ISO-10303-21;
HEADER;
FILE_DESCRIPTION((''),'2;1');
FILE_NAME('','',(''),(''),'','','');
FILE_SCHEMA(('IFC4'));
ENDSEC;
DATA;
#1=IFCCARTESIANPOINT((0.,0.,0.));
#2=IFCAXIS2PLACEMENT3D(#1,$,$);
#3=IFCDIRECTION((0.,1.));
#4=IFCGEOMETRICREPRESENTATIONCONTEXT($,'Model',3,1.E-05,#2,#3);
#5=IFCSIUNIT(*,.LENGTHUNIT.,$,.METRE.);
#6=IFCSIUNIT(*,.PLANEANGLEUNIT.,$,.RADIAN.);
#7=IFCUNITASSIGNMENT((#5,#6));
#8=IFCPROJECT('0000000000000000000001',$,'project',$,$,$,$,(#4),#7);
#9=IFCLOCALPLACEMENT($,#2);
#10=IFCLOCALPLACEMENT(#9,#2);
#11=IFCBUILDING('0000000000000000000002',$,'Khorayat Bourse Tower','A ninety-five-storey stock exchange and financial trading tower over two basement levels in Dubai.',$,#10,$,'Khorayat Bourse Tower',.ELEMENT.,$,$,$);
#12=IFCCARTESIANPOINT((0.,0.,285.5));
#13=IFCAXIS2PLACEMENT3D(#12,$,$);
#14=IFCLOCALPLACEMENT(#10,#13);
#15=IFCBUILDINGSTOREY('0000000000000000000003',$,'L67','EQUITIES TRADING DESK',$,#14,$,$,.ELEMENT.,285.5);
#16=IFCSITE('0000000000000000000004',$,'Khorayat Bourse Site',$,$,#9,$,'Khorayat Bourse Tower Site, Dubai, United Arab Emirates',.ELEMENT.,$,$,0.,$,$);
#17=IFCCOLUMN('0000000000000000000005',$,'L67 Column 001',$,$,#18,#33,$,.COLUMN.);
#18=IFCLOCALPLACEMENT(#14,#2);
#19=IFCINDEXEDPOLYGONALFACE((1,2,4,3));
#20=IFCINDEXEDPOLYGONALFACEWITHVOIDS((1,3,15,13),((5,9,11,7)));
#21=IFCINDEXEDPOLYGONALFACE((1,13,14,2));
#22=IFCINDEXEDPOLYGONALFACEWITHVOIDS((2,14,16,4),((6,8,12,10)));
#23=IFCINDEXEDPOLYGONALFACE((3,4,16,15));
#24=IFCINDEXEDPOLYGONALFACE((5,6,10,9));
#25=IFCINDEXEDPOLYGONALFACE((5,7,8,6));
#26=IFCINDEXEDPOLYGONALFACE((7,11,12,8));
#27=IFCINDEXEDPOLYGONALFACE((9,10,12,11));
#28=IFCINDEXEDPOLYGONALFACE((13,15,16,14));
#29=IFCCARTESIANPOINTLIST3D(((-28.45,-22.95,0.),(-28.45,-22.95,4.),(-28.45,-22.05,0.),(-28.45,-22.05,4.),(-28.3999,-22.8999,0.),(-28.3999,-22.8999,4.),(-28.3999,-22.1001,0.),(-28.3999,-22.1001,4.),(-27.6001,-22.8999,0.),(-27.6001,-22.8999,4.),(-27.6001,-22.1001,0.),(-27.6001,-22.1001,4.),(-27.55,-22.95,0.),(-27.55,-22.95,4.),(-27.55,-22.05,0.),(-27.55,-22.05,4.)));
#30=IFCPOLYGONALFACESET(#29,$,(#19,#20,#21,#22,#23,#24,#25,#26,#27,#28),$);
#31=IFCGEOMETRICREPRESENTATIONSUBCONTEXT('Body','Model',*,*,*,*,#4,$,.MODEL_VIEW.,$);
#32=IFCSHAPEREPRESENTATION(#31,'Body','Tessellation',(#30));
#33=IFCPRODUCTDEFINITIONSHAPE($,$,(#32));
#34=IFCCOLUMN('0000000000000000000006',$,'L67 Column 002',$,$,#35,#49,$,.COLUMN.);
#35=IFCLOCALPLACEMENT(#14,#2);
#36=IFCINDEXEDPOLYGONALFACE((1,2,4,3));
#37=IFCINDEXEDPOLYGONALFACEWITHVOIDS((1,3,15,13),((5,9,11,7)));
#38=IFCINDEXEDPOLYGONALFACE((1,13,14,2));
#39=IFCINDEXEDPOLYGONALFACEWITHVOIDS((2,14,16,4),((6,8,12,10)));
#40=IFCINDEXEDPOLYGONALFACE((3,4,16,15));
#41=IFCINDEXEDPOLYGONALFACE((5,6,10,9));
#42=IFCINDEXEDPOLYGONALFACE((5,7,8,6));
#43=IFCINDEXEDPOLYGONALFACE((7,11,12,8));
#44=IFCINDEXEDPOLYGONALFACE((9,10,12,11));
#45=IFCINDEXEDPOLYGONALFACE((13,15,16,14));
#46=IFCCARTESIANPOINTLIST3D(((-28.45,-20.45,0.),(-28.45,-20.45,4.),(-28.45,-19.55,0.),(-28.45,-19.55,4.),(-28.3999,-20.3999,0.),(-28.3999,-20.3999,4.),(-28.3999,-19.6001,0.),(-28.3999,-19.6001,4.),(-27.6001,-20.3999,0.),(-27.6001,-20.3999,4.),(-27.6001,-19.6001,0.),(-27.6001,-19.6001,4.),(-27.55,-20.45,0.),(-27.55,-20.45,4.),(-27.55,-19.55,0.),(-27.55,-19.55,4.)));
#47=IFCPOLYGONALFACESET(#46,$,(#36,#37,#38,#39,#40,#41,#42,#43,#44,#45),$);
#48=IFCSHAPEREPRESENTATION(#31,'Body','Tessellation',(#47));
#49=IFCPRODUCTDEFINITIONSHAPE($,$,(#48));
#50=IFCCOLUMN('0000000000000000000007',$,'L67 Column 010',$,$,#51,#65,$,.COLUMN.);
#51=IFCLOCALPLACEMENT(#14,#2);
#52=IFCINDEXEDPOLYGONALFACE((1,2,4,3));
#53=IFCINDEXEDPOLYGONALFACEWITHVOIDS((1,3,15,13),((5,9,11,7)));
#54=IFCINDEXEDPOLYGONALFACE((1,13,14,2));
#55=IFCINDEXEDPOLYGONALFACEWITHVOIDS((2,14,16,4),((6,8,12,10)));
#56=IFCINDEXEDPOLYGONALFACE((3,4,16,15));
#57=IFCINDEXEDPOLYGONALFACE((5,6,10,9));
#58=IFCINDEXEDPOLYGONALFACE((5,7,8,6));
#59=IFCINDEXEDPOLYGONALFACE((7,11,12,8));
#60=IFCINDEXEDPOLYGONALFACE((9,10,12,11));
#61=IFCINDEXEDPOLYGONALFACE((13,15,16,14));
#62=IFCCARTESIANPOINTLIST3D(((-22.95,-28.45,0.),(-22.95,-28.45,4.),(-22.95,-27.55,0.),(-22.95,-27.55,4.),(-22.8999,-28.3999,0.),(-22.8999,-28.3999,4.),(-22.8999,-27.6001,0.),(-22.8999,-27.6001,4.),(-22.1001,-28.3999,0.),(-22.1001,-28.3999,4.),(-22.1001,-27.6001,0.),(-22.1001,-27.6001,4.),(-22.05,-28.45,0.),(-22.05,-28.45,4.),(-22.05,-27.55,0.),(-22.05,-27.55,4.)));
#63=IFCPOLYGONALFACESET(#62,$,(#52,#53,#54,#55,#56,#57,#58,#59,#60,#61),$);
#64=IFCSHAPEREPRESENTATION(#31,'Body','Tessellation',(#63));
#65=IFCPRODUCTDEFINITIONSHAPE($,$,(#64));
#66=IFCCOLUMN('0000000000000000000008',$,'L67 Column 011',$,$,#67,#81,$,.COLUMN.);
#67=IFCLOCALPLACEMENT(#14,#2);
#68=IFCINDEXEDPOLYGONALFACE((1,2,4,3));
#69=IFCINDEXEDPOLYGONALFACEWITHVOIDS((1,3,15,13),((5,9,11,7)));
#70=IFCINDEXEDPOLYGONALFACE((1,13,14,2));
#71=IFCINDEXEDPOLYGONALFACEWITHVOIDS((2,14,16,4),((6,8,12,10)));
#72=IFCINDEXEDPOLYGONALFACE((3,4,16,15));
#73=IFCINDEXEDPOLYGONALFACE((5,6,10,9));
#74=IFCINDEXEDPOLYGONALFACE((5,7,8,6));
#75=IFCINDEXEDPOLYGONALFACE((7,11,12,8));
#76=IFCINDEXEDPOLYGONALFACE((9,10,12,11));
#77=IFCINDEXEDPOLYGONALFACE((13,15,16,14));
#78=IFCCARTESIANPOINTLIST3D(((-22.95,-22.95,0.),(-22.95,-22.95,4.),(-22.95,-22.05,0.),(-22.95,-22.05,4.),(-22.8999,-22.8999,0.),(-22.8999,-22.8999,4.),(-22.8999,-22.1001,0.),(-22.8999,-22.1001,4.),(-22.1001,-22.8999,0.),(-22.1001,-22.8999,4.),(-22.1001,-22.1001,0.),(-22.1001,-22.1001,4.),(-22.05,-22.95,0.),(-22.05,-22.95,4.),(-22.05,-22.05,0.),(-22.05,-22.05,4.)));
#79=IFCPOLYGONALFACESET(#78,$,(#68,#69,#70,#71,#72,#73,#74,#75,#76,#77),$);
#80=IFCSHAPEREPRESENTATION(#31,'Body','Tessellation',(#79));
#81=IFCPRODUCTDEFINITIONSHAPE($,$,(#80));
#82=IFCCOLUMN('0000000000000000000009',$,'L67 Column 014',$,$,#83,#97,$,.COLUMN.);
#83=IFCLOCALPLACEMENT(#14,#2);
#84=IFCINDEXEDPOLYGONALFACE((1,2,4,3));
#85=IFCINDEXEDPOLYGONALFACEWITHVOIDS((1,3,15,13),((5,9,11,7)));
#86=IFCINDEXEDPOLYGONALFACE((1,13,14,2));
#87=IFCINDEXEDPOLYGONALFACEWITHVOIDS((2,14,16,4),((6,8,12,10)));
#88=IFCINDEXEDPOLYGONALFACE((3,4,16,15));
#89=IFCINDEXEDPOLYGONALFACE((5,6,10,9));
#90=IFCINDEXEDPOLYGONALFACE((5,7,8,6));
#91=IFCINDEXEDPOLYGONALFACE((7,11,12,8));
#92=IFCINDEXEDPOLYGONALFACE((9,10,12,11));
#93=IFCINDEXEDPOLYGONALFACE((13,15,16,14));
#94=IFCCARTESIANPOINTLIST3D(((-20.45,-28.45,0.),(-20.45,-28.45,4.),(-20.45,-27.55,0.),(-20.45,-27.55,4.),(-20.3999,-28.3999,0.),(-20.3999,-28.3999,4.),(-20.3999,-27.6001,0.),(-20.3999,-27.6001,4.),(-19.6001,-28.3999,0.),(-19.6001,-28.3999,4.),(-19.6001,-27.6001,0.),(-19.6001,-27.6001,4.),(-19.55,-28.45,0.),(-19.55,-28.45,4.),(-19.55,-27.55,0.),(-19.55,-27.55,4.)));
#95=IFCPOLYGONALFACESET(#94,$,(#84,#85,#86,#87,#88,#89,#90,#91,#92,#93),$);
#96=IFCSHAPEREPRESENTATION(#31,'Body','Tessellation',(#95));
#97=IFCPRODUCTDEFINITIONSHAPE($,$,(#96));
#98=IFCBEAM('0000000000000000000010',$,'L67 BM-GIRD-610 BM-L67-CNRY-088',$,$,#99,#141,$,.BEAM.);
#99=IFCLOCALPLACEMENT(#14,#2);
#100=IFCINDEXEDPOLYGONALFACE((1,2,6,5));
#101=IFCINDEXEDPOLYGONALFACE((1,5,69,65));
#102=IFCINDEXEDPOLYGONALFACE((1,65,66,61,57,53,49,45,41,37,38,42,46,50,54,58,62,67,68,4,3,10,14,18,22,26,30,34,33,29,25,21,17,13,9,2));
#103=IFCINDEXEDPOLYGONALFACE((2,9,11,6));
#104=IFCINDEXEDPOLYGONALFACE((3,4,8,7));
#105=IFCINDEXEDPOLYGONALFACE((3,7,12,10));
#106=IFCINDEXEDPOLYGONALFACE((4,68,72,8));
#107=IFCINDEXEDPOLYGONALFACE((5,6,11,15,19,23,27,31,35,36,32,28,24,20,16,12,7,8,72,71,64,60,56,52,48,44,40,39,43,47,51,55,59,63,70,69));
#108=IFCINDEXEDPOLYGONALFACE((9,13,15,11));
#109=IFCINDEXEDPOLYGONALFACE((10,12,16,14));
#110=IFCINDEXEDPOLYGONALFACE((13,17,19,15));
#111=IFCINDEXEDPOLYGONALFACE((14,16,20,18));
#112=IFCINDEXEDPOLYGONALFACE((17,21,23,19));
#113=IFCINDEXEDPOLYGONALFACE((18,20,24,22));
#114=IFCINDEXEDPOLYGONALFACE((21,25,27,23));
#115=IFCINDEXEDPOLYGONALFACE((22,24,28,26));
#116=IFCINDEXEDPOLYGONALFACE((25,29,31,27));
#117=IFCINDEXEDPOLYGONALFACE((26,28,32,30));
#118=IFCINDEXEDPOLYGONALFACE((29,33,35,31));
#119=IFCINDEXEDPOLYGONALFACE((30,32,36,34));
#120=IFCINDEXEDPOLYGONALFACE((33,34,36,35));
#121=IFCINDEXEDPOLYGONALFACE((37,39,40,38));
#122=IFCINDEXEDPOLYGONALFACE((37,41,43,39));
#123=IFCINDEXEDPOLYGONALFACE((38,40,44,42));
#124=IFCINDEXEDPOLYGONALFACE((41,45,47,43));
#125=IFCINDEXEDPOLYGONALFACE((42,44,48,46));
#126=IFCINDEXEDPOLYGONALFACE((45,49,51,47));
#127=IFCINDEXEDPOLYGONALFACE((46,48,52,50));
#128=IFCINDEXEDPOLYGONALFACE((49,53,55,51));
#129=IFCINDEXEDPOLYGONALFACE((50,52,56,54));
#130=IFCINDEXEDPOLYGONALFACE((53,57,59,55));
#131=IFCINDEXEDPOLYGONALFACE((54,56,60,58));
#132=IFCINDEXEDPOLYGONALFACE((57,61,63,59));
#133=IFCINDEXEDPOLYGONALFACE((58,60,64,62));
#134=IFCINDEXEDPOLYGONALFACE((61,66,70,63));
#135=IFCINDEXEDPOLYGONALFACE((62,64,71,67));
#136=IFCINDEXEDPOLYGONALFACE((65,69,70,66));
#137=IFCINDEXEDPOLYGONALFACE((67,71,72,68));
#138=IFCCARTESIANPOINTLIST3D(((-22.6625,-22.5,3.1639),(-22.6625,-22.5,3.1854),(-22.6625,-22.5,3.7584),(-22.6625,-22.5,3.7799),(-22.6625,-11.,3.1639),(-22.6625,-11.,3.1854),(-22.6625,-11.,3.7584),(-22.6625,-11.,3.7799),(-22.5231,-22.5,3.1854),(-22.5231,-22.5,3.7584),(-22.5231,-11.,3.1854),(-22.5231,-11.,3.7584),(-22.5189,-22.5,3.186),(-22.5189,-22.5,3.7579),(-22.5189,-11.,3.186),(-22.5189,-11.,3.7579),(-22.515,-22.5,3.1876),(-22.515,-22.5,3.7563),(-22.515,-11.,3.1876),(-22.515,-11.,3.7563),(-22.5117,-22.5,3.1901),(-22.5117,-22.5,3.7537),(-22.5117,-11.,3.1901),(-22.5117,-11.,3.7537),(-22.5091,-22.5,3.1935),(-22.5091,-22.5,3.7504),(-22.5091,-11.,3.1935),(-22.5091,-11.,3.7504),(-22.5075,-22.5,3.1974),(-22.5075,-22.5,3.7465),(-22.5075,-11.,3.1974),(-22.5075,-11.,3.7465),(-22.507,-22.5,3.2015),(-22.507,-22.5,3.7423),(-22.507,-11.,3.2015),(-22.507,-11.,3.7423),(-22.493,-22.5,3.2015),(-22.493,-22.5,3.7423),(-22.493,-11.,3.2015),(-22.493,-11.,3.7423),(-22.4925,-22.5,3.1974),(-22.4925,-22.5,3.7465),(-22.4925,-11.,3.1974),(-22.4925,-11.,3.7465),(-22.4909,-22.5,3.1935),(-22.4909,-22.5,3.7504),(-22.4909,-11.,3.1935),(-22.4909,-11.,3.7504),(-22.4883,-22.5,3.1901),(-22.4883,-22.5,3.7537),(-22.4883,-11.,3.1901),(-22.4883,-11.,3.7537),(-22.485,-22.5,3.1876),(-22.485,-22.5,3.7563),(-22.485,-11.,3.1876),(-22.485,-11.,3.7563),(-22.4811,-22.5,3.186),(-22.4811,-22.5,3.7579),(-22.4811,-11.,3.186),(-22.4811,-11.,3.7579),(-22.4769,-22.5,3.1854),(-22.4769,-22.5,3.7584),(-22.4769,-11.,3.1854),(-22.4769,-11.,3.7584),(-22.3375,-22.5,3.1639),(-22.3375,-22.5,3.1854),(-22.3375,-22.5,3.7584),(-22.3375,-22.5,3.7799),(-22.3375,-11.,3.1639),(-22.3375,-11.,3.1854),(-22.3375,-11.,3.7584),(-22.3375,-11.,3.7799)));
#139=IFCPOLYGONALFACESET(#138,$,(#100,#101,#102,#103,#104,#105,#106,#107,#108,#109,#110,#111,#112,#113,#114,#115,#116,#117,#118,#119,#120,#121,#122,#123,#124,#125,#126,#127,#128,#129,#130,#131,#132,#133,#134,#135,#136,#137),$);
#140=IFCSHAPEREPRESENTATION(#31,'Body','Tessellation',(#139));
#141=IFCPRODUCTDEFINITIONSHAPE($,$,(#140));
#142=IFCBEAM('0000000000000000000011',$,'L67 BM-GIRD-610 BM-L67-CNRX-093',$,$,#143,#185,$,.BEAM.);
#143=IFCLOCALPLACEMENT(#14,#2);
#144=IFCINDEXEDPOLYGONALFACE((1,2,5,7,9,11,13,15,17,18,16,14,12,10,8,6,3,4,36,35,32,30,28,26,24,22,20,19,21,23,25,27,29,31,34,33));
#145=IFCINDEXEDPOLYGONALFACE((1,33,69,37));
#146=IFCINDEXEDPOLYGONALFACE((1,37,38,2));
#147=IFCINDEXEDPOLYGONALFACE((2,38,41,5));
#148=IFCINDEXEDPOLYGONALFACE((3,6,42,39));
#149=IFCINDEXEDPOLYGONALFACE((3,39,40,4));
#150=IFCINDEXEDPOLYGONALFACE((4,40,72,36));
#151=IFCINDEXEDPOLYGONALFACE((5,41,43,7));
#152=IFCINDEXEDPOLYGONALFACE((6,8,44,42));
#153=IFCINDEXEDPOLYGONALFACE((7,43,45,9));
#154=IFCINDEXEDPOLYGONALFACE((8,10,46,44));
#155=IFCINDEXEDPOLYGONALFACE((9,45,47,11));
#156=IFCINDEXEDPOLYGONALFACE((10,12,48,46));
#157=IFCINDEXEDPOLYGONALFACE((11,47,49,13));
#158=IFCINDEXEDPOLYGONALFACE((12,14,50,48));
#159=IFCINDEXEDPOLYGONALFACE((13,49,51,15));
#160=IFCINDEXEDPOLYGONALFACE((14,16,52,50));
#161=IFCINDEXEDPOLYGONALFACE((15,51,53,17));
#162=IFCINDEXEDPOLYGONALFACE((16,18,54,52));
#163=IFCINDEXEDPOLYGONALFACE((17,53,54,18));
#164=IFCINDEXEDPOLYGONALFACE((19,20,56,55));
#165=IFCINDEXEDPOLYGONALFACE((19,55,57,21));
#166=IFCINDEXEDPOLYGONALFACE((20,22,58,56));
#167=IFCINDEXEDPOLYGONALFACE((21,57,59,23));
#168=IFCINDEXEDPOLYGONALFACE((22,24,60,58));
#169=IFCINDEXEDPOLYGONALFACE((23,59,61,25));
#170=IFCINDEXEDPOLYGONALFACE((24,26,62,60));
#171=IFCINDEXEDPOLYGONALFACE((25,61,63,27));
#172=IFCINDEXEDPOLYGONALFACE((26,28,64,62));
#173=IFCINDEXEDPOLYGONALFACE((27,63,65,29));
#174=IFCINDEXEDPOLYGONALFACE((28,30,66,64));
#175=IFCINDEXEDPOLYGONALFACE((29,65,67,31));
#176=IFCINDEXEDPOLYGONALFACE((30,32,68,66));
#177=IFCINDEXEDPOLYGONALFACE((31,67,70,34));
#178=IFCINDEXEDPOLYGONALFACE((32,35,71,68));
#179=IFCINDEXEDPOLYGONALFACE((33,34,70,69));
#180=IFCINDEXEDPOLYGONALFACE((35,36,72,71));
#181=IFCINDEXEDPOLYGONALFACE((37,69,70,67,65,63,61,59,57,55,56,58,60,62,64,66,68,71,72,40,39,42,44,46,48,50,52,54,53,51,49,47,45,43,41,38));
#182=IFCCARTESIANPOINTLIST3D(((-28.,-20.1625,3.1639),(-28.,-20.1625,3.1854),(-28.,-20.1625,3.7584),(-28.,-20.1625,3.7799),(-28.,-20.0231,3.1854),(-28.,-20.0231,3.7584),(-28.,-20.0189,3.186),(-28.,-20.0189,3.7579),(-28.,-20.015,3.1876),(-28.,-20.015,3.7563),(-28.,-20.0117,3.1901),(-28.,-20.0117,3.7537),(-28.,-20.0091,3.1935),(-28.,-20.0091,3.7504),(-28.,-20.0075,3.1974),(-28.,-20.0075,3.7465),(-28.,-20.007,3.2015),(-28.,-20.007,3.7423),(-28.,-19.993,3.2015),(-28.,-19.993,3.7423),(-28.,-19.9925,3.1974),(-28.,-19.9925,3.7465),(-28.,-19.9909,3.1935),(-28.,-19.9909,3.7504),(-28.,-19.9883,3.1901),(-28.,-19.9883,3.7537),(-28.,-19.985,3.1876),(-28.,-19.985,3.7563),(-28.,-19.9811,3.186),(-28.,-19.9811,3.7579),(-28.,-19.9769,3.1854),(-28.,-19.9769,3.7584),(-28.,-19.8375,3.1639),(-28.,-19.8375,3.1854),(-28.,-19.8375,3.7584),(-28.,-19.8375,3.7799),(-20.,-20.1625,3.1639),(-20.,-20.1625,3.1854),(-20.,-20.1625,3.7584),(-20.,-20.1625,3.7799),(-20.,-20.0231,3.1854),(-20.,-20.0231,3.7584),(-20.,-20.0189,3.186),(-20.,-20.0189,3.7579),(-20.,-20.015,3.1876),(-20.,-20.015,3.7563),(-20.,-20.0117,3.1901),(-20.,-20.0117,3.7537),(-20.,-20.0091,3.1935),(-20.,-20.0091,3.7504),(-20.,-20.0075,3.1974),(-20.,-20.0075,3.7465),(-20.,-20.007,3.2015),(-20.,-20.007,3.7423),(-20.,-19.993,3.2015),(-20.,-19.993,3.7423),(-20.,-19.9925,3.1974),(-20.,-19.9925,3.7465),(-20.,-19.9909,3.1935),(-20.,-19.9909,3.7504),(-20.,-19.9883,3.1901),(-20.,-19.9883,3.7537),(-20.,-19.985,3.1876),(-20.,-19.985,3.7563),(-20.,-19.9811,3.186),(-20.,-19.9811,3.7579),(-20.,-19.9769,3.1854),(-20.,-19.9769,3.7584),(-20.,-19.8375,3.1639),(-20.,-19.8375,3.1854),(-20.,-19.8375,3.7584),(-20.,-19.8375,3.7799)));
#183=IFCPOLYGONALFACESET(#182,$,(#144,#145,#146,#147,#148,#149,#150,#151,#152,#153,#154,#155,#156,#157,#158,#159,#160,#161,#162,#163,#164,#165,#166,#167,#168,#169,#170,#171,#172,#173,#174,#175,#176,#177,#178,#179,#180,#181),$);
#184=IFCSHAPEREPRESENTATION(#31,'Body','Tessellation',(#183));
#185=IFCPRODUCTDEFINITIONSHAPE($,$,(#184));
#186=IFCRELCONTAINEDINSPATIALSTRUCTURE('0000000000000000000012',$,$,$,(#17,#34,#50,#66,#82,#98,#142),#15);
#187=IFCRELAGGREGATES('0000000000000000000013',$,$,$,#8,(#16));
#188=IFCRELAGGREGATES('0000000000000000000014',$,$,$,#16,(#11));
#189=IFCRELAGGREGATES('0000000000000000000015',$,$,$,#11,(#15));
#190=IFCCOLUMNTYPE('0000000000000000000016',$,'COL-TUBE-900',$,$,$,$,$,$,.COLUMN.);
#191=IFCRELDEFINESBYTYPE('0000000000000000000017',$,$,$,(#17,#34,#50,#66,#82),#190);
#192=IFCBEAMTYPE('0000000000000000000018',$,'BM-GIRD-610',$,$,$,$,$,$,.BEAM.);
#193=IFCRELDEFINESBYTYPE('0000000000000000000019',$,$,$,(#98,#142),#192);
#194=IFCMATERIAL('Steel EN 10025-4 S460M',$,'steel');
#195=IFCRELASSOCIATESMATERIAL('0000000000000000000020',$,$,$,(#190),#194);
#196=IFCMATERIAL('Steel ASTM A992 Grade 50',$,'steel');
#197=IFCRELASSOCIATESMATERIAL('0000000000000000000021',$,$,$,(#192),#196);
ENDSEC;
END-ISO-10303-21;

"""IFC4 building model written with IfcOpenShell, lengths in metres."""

from ifc_helpers import new_model, si_unit, direction, frame, origin, origin_2d, place, context, subcontext, project, spatial, hollow_rectangle, i_section, extrude, source, transform, mapped, material, material_profile, profile_set, type_object, element, save


model = new_model("IFC4")

# Units and contexts
model_context = context("Model", 3, precision=1e-05, world=origin(), true_north=direction((0.0, 1.0)))
body_context = subcontext(model_context, "Body", "Model", "MODEL_VIEW")
ifc_project = project(units=[si_unit("LENGTHUNIT", "METRE"), si_unit("PLANEANGLEUNIT", "RADIAN")], contexts=[model_context])

# Site, building, storey
site_placement = place(None, origin())
site = spatial("IfcSite", under=ifc_project, at=site_placement, Name="Khorayat Bourse Site", LongName="Khorayat Bourse Tower Site, Dubai, United Arab Emirates", CompositionType="ELEMENT", RefElevation=0.0)
building_placement = place(site_placement, origin())
building = spatial("IfcBuilding", under=site, at=building_placement, Name="Khorayat Bourse Tower", Description="A ninety-five-storey stock exchange and financial trading tower over two basement levels in Dubai.", LongName="Khorayat Bourse Tower", CompositionType="ELEMENT")
storey_placement = place(building_placement, frame((0.0, 0.0, 285.5)))
storey = spatial("IfcBuildingStorey", under=building, at=storey_placement, Name="L67", Description="EQUITIES TRADING DESK", CompositionType="ELEMENT", Elevation=285.5)

# Columns
ifc_material_1 = material(Name="Steel EN 10025-4 S460M", Category="steel")
ifc_material_profile_1 = material_profile(ifc_material_1, hollow_rectangle(XDim=0.8999, YDim=0.8999, WallThickness=0.05, at=origin_2d()), Name="BOX 900x900x50")
ifc_profile_set_1 = profile_set([ifc_material_profile_1], Name="Steel EN 10025-4 S460M")
column_type = type_object("IfcColumnType", Name="COL-TUBE-900", PredefinedType="COLUMN", material=ifc_profile_set_1)
shared_shape_1 = source(origin(), body_context, "Body", "SweptSolid", [
    extrude(hollow_rectangle(XDim=0.8999, YDim=0.8999, WallThickness=0.05, at=origin_2d()), origin(), (0.0, 0.0, 1.0), 4.0),
])
for number, where, z_axis, x_axis, name in (
    (1, (-28.0, -22.5, 0.0), (0.0, 0.0, 1.0), (1.0, 0.0, 0.0), "L67 Column 001"),
    (2, (-28.0, -20.0, 0.0), (0.0, 0.0, 1.0), (1.0, 0.0, 0.0), "L67 Column 002"),
    (3, (-22.5, -28.0, 0.0), (0.0, 0.0, 1.0), (1.0, 0.0, 0.0), "L67 Column 010"),
    (4, (-22.5, -22.5, 0.0), (0.0, 0.0, 1.0), (1.0, 0.0, 0.0), "L67 Column 011"),
    (5, (-20.0, -28.0, 0.0), (0.0, 0.0, 1.0), (1.0, 0.0, 0.0), "L67 Column 014"),
):
    element("IfcColumn", number, at=place(storey_placement, frame(where, z_axis=z_axis, x_axis=x_axis)), inside=storey, type_object=column_type, Name=name, PredefinedType="COLUMN", context=body_context, shape_type="MappedRepresentation", body=[
        mapped(shared_shape_1, transform((0.0, 0.0, 0.0), scale=1.0)),
    ])

# Beams
ifc_material_2 = material(Name="Steel ASTM A992 Grade 50", Category="steel")
ifc_material_profile_2 = material_profile(ifc_material_2, i_section(OverallWidth=0.325, OverallDepth=0.616, WebThickness=0.0139, FlangeThickness=0.0215, FilletRadius=0.0161, at=origin_2d()), Name="W610X174")
ifc_profile_set_2 = profile_set([ifc_material_profile_2], Name="Steel ASTM A992 Grade 50")
beam_type_1 = type_object("IfcBeamType", Name="BM-GIRD-610", PredefinedType="BEAM", material=ifc_profile_set_2)
shared_shape_2 = source(origin(), body_context, "Body", "SweptSolid", [
    extrude(i_section(OverallWidth=0.325, OverallDepth=0.616, WebThickness=0.0139, FlangeThickness=0.0215, FilletRadius=0.0161, at=origin_2d()), origin(), (0.0, 0.0, 1.0), 11.5),
])
beam_1_placement = place(storey_placement, frame((-22.5, -22.5, 3.4719), z_axis=(0.0, 1.0, 0.0), x_axis=(-1.0, 0.0, 0.0)))
element("IfcBeam", 6, at=beam_1_placement, inside=storey, type_object=beam_type_1, Name="L67 BM-GIRD-610 BM-L67-CNRY-088", PredefinedType="BEAM", context=body_context, shape_type="MappedRepresentation", body=[
    mapped(shared_shape_2, transform((0.0, 0.0, 0.0), scale=1.0)),
])
shared_shape_3 = source(origin(), body_context, "Body", "SweptSolid", [
    extrude(i_section(OverallWidth=0.325, OverallDepth=0.616, WebThickness=0.0139, FlangeThickness=0.0215, FilletRadius=0.0161, at=origin_2d()), origin(), (0.0, 0.0, 1.0), 8.0),
])
beam_2_placement = place(storey_placement, frame((-28.0, -20.0, 3.4719), z_axis=(1.0, 0.0, 0.0), x_axis=(0.0, 1.0, 0.0)))
element("IfcBeam", 7, at=beam_2_placement, inside=storey, type_object=beam_type_1, Name="L67 BM-GIRD-610 BM-L67-CNRX-093", PredefinedType="BEAM", context=body_context, shape_type="MappedRepresentation", body=[
    mapped(shared_shape_3, transform((0.0, 0.0, 0.0), scale=1.0)),
])

save(model, "model.ifc")
